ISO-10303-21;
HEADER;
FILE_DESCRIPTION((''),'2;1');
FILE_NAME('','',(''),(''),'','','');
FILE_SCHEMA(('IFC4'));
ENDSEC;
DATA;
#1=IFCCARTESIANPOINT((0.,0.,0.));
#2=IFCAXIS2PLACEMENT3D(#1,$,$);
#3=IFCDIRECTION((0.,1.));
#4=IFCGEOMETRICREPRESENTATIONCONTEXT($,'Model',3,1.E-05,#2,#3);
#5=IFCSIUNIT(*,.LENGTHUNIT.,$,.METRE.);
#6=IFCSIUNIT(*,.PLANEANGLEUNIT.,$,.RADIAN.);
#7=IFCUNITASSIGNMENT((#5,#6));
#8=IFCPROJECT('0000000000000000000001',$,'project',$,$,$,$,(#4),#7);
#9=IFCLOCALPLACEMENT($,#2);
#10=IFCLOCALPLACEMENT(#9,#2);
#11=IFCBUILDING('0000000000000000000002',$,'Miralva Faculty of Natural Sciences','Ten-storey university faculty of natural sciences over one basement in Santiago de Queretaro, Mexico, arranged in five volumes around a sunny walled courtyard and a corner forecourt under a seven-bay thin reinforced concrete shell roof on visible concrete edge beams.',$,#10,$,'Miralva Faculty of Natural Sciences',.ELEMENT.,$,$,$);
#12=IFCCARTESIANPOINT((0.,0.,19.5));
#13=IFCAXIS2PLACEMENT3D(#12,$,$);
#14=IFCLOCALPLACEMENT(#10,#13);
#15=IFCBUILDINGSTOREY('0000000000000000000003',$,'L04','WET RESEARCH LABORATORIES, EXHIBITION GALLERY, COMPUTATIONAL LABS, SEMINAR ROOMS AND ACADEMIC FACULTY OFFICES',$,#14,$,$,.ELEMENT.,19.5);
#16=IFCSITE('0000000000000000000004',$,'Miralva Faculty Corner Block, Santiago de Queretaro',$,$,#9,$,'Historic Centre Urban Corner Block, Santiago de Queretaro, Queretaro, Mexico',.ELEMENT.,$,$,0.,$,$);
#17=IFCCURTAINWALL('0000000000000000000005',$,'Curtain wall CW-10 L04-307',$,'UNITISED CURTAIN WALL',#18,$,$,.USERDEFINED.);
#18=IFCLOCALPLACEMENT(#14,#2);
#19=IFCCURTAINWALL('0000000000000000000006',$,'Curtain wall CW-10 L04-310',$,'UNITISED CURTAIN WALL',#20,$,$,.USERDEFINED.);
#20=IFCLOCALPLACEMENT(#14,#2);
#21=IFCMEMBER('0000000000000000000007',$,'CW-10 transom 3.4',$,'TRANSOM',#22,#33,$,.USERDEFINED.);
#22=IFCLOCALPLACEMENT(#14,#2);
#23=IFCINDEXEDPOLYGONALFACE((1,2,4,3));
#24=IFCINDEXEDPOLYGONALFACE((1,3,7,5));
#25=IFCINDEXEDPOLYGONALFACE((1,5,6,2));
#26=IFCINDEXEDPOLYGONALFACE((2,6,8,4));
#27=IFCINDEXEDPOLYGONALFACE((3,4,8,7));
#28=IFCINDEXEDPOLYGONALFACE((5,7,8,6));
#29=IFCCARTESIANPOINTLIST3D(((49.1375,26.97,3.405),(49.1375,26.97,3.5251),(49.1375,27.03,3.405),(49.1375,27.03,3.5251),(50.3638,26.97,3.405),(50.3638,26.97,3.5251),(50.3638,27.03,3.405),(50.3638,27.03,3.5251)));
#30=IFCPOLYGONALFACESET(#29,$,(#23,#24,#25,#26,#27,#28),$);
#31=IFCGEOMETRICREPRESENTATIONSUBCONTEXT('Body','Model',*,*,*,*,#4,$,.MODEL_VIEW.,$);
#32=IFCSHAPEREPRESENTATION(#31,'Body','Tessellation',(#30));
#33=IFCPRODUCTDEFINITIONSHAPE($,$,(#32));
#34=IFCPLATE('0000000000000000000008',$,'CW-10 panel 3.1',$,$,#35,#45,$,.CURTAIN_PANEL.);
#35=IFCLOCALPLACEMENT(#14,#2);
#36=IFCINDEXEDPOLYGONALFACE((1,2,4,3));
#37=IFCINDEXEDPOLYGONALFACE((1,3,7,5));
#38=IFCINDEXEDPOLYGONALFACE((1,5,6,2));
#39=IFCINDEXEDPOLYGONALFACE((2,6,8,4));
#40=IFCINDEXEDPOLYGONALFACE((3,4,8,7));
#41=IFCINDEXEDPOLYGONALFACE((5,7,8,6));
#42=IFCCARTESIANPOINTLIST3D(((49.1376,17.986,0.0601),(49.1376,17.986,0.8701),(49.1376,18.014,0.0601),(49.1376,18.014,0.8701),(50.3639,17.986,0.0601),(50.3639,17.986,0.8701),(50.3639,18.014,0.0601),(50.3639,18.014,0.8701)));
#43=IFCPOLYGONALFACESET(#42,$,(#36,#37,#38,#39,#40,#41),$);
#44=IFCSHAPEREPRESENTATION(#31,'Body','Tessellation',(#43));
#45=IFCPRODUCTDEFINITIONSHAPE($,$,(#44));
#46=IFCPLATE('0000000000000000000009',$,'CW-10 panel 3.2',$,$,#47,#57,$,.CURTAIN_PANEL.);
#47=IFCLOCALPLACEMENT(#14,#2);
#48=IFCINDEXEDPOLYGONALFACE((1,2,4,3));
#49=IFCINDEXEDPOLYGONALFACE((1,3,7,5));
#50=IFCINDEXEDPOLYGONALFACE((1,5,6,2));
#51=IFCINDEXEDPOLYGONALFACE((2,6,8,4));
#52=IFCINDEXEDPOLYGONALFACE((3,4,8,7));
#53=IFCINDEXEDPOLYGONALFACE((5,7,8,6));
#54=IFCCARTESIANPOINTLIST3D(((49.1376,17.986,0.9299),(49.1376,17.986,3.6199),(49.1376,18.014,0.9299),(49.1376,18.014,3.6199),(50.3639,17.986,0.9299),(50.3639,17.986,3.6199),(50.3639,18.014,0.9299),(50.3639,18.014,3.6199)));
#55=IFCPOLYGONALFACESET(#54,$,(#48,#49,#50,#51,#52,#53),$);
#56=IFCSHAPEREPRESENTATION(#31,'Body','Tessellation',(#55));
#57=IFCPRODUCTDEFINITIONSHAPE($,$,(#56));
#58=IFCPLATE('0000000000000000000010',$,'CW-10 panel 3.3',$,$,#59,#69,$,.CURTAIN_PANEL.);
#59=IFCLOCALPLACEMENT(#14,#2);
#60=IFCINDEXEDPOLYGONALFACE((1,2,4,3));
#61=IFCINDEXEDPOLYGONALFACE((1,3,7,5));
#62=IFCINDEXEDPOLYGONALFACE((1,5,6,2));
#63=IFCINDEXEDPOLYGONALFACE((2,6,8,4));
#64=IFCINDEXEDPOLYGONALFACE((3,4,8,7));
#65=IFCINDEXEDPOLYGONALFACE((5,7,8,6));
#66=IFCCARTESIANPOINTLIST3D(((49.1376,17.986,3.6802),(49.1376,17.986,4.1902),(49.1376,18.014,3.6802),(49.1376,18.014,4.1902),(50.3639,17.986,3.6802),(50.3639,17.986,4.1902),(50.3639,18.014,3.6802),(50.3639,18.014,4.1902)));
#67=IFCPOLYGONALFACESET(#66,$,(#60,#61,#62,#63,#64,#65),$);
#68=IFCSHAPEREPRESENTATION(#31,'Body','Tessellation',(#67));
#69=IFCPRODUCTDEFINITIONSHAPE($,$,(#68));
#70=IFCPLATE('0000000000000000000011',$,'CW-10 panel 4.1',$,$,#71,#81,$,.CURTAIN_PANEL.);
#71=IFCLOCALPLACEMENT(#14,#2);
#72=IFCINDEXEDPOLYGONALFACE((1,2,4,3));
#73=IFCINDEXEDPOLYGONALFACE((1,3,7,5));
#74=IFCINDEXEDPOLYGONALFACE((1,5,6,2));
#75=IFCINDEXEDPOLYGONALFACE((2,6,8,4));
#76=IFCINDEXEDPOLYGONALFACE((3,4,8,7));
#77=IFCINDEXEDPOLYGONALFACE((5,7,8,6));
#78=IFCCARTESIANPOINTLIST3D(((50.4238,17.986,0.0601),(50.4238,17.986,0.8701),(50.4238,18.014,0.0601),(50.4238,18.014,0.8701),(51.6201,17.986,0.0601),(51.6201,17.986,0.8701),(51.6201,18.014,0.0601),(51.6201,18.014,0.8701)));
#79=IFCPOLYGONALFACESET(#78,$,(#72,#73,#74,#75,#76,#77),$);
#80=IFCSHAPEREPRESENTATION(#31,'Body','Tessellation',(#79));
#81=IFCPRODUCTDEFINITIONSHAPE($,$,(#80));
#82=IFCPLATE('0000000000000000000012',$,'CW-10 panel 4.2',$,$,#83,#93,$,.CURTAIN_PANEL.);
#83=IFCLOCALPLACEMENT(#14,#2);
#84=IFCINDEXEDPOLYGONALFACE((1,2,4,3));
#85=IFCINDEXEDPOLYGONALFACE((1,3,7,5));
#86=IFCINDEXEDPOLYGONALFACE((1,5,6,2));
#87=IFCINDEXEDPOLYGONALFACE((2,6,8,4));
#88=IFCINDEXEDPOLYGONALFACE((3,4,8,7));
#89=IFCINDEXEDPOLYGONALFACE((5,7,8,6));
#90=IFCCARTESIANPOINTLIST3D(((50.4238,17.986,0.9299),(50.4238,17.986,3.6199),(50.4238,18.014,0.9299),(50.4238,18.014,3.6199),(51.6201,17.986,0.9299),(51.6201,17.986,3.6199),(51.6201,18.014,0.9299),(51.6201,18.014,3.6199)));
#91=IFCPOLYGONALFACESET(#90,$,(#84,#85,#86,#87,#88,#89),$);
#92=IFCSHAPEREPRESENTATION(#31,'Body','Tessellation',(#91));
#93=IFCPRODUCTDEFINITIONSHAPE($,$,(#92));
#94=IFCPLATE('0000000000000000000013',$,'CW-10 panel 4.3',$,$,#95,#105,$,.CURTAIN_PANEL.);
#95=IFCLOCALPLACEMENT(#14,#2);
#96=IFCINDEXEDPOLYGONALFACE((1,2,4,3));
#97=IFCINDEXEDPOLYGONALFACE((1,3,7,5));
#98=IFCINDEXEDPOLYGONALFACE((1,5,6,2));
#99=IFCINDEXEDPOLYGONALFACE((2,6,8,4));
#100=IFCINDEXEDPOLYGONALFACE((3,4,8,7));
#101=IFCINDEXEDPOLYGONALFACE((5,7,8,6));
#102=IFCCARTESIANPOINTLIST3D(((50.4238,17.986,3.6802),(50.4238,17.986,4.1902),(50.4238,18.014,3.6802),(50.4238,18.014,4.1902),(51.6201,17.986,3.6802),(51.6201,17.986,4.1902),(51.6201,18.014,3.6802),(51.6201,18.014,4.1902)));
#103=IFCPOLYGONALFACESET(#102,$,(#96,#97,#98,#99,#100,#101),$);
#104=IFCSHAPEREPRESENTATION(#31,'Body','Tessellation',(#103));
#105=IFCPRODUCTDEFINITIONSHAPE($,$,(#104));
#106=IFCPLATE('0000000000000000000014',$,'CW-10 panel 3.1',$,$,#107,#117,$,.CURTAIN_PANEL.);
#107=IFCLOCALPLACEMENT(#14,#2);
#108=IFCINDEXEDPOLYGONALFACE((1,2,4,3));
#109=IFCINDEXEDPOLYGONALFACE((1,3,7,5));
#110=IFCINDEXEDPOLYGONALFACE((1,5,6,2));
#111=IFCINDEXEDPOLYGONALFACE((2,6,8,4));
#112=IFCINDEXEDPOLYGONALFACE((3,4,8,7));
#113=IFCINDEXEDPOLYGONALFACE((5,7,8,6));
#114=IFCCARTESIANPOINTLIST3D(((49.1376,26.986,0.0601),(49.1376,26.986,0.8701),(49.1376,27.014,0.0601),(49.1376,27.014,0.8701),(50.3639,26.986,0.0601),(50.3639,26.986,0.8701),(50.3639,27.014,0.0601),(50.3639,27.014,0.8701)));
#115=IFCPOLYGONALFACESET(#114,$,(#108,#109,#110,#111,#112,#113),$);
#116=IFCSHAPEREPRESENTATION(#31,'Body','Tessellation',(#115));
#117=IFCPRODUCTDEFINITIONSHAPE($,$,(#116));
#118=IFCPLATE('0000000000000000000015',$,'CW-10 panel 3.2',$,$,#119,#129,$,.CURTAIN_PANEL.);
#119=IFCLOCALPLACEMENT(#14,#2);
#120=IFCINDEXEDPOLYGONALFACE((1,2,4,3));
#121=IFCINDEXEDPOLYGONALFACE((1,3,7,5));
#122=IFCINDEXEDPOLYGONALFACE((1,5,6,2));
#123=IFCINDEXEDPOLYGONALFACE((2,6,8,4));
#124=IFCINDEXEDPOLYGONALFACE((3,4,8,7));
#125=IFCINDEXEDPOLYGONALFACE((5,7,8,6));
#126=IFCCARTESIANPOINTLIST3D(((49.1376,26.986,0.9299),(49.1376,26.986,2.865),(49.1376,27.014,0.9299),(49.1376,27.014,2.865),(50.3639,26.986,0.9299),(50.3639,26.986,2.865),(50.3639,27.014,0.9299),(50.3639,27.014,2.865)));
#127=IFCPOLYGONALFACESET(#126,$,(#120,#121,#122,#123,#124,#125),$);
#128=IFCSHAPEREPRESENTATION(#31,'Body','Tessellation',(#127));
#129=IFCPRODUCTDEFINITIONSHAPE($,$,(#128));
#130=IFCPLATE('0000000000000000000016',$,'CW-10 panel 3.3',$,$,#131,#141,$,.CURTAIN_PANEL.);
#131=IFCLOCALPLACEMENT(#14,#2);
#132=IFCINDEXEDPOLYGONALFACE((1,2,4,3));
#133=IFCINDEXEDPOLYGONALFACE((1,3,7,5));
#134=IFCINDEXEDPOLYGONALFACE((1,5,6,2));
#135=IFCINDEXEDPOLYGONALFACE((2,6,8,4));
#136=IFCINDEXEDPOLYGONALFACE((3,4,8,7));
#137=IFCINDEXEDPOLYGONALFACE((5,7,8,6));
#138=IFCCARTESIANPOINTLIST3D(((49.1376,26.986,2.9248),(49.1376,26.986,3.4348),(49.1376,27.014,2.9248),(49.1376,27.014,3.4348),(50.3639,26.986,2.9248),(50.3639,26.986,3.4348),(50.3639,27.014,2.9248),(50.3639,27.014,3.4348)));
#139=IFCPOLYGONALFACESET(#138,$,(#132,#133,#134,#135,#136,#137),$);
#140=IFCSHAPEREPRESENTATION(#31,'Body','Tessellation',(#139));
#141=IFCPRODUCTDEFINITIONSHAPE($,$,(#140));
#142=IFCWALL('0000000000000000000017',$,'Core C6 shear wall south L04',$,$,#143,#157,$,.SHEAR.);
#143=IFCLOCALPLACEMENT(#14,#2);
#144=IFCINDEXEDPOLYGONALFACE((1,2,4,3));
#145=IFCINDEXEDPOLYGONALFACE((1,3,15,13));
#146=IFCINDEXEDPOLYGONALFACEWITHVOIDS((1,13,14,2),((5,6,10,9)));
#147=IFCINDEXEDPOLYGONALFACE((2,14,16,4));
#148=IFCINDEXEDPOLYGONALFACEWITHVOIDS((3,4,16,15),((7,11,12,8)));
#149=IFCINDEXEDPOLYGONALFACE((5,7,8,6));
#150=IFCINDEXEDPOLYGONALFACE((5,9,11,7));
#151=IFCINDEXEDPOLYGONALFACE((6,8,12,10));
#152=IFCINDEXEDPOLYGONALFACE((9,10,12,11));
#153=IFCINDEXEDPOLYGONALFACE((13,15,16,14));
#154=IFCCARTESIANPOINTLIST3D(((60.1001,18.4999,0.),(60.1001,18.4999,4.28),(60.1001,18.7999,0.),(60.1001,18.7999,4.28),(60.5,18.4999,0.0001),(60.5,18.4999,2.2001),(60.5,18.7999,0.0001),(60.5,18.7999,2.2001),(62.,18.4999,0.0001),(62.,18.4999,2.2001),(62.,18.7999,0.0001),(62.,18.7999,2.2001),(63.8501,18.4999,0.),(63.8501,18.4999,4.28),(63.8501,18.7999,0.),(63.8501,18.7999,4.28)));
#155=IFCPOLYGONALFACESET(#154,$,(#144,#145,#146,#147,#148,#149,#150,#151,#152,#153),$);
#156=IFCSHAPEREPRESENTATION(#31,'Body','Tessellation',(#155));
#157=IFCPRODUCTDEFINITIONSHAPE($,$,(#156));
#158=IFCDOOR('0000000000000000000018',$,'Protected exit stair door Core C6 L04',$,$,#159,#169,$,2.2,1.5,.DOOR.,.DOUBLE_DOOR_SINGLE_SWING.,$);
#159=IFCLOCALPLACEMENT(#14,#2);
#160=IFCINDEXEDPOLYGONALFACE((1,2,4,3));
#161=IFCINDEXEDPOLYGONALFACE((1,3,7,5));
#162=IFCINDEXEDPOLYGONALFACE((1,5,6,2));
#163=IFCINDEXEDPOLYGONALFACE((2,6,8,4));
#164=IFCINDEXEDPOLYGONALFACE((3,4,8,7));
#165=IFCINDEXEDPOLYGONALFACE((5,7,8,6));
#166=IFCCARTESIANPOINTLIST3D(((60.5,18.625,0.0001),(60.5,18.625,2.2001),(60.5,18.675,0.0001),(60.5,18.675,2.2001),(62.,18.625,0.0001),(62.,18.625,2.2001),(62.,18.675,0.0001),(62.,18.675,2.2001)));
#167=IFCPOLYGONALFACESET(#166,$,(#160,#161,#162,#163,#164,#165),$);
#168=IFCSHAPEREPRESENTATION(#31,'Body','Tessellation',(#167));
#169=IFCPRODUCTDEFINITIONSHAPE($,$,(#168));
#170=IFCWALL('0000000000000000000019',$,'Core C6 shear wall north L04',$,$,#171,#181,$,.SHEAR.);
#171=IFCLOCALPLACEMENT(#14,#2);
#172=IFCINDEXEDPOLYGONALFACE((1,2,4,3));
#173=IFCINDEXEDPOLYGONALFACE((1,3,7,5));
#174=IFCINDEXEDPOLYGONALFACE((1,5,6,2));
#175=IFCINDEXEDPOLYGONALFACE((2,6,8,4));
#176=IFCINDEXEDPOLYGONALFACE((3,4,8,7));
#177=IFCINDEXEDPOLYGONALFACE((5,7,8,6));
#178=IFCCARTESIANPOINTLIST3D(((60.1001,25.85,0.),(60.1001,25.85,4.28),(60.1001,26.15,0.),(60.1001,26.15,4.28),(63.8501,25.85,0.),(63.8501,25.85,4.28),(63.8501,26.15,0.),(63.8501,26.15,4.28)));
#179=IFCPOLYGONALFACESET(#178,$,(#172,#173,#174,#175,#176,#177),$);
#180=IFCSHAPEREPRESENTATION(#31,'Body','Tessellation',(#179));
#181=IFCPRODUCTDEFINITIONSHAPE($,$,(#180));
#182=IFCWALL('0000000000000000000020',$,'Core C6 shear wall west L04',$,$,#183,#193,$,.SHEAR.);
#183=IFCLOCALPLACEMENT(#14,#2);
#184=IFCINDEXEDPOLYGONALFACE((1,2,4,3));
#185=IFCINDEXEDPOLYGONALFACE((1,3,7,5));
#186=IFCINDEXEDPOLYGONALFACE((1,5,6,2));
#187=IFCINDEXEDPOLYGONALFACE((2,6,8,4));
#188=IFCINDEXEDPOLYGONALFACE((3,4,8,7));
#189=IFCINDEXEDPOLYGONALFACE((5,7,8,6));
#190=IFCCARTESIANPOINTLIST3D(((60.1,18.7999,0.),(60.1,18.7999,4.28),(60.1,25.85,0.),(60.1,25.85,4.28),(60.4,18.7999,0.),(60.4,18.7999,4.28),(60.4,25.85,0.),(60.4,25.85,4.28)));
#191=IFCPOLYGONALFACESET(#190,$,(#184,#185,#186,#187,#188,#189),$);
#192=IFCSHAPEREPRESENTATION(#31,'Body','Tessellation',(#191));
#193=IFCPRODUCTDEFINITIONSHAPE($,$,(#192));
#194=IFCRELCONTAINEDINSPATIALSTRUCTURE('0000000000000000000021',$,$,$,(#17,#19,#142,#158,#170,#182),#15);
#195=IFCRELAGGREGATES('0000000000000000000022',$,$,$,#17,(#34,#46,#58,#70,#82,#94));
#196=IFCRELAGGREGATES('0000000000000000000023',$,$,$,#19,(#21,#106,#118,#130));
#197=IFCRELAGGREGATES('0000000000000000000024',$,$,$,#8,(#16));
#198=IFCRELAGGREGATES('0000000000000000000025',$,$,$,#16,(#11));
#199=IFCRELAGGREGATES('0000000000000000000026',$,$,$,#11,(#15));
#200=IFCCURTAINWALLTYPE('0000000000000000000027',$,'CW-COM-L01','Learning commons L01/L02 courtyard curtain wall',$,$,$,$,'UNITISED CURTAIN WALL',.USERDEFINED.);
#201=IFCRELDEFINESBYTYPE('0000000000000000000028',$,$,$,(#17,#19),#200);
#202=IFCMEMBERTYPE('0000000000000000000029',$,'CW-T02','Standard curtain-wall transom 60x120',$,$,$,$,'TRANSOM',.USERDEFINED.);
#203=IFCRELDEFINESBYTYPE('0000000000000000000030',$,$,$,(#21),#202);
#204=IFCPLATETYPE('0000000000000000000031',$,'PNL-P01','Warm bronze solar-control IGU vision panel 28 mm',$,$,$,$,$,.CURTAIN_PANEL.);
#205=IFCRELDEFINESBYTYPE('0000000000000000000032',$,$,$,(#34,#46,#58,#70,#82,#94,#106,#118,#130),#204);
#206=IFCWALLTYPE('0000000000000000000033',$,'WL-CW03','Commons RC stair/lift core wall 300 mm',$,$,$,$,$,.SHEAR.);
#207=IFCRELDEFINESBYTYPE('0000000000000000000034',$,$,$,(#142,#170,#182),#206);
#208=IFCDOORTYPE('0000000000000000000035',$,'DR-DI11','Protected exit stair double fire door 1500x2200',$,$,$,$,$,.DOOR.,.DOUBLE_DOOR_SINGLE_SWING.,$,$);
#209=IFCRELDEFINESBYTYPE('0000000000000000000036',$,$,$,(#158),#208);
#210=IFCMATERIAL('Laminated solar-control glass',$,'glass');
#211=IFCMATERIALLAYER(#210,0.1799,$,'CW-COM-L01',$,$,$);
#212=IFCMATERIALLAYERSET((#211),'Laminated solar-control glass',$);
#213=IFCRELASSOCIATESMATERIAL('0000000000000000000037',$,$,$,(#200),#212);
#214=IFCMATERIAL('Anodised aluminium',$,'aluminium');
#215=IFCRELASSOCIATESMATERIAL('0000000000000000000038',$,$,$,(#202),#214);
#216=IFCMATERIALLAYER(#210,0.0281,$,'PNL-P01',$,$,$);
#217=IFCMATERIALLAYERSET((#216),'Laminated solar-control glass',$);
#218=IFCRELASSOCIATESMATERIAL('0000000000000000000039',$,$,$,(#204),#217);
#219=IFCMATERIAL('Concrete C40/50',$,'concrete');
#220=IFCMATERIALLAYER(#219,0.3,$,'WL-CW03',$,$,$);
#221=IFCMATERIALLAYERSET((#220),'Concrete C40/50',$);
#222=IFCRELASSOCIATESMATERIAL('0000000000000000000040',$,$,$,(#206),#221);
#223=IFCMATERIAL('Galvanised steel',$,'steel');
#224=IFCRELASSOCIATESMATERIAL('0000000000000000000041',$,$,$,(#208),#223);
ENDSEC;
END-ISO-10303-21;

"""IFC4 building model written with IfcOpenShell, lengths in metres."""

from ifc_helpers import new_model, si_unit, direction, frame, frame_2d, origin, origin_2d, place, context, subcontext, project, spatial, rectangle, extrude, material, layer, layer_set, material_profile, profile_set, type_object, element, fill, aggregate, save


model = new_model("IFC4")

# Units and contexts
model_context = context("Model", 3, precision=1e-05, world=origin(), true_north=direction((0.0, 1.0)))
body_context = subcontext(model_context, "Body", "Model", "MODEL_VIEW")
ifc_project = project(units=[si_unit("LENGTHUNIT", "METRE"), si_unit("PLANEANGLEUNIT", "RADIAN")], contexts=[model_context])

# Site, building, storey
site_placement = place(None, origin())
site = spatial("IfcSite", under=ifc_project, at=site_placement, Name="Miralva Faculty Corner Block, Santiago de Queretaro", LongName="Historic Centre Urban Corner Block, Santiago de Queretaro, Queretaro, Mexico", CompositionType="ELEMENT", RefElevation=0.0)
building_placement = place(site_placement, origin())
building = spatial("IfcBuilding", under=site, at=building_placement, Name="Miralva Faculty of Natural Sciences", Description="Ten-storey university faculty of natural sciences over one basement in Santiago de Queretaro, Mexico, arranged in five volumes around a sunny walled courtyard and a corner forecourt under a seven-bay thin reinforced concrete shell roof on visible concrete edge beams.", LongName="Miralva Faculty of Natural Sciences", CompositionType="ELEMENT")
storey_placement = place(building_placement, frame((0.0, 0.0, 19.5)))
storey = spatial("IfcBuildingStorey", under=building, at=storey_placement, Name="L04", Description="WET RESEARCH LABORATORIES, EXHIBITION GALLERY, COMPUTATIONAL LABS, SEMINAR ROOMS AND ACADEMIC FACULTY OFFICES", CompositionType="ELEMENT", Elevation=19.5)

# Shared definitions
ifc_material_1 = material(Name="Concrete C40/50", Category="concrete")

# Curtain wall
ifc_material_2 = material(Name="Laminated solar-control glass", Category="glass")
ifc_layer_1 = layer(ifc_material_2, 0.1799, Name="CW-COM-L01")
ifc_layer_set_1 = layer_set([ifc_layer_1], Name="Laminated solar-control glass")
curtain_wall_type = type_object("IfcCurtainWallType", Name="CW-COM-L01", Description="Learning commons L01/L02 courtyard curtain wall", ElementType="UNITISED CURTAIN WALL", PredefinedType="USERDEFINED", material=ifc_layer_set_1)
curtain_wall_1_placement = place(storey_placement, origin())
curtain_wall_1 = element("IfcCurtainWall", 1, at=curtain_wall_1_placement, inside=storey, type_object=curtain_wall_type, Name="Curtain wall CW-10 L04-307", ObjectType="UNITISED CURTAIN WALL", PredefinedType="USERDEFINED")
ifc_material_3 = material(Name="Anodised aluminium", Category="aluminium")

# Curtain wall
curtain_wall_2_placement = place(storey_placement, origin())
curtain_wall_2 = element("IfcCurtainWall", 2, at=curtain_wall_2_placement, inside=storey, type_object=curtain_wall_type, Name="Curtain wall CW-10 L04-310", ObjectType="UNITISED CURTAIN WALL", PredefinedType="USERDEFINED")

# Member
ifc_material_profile_1 = material_profile(ifc_material_3, rectangle(XDim=0.0601, YDim=0.1201, at=origin_2d()), Name="TRANSOM 60x120")
ifc_profile_set_1 = profile_set([ifc_material_profile_1], Name="Anodised aluminium")
member_type_1 = type_object("IfcMemberType", Name="CW-T02", Description="Standard curtain-wall transom 60x120", ElementType="TRANSOM", PredefinedType="USERDEFINED", material=ifc_profile_set_1)
member_1_placement = place(storey_placement, frame((49.1375, 27.0, 3.4651), z_axis=(1.0, 0.0, 0.0), x_axis=(0.0, 1.0, 0.0)))
member_1 = element("IfcMember", 3, at=member_1_placement, type_object=member_type_1, Name="CW-10 transom 3.4", ObjectType="TRANSOM", PredefinedType="USERDEFINED", context=body_context, shape_type="SweptSolid", body=[
    extrude(rectangle(XDim=0.0601, YDim=0.1201, at=origin_2d()), origin(), (0.0, 0.0, 1.0), 1.2263),
])

# Plates
ifc_layer_2 = layer(ifc_material_2, 0.0281, Name="PNL-P01")
ifc_layer_set_2 = layer_set([ifc_layer_2], Name="Laminated solar-control glass")
plate_type = type_object("IfcPlateType", Name="PNL-P01", Description="Warm bronze solar-control IGU vision panel 28 mm", PredefinedType="CURTAIN_PANEL", material=ifc_layer_set_2)
plate_1_placement = place(storey_placement, frame((49.7507, 18.0, 0.0601), z_axis=(0.0, 0.0, 1.0), x_axis=(1.0, 0.0, 0.0)))
plate_1 = element("IfcPlate", 4, at=plate_1_placement, type_object=plate_type, Name="CW-10 panel 3.1", PredefinedType="CURTAIN_PANEL", context=body_context, shape_type="SweptSolid", body=[
    extrude(rectangle(XDim=1.2263, YDim=0.0281, at=origin_2d()), origin(), (0.0, 0.0, 1.0), 0.8101),
])
plate_2_placement = place(storey_placement, frame((49.7507, 18.0, 0.9299), z_axis=(0.0, 0.0, 1.0), x_axis=(1.0, 0.0, 0.0)))
plate_2 = element("IfcPlate", 5, at=plate_2_placement, type_object=plate_type, Name="CW-10 panel 3.2", PredefinedType="CURTAIN_PANEL", context=body_context, shape_type="SweptSolid", body=[
    extrude(rectangle(XDim=1.2263, YDim=0.0281, at=origin_2d()), origin(), (0.0, 0.0, 1.0), 2.6899),
])
plate_3_placement = place(storey_placement, frame((49.7507, 18.0, 3.6802), z_axis=(0.0, 0.0, 1.0), x_axis=(1.0, 0.0, 0.0)))
plate_3 = element("IfcPlate", 6, at=plate_3_placement, type_object=plate_type, Name="CW-10 panel 3.3", PredefinedType="CURTAIN_PANEL", context=body_context, shape_type="SweptSolid", body=[
    extrude(rectangle(XDim=1.2263, YDim=0.0281, at=origin_2d()), origin(), (0.0, 0.0, 1.0), 0.51),
])
plate_4_placement = place(storey_placement, frame((51.022, 18.0, 0.0601), z_axis=(0.0, 0.0, 1.0), x_axis=(1.0, 0.0, 0.0)))
plate_4 = element("IfcPlate", 7, at=plate_4_placement, type_object=plate_type, Name="CW-10 panel 4.1", PredefinedType="CURTAIN_PANEL", context=body_context, shape_type="SweptSolid", body=[
    extrude(rectangle(XDim=1.1963, YDim=0.0281, at=origin_2d()), origin(), (0.0, 0.0, 1.0), 0.8101),
])
plate_5_placement = place(storey_placement, frame((51.022, 18.0, 0.9299), z_axis=(0.0, 0.0, 1.0), x_axis=(1.0, 0.0, 0.0)))
plate_5 = element("IfcPlate", 8, at=plate_5_placement, type_object=plate_type, Name="CW-10 panel 4.2", PredefinedType="CURTAIN_PANEL", context=body_context, shape_type="SweptSolid", body=[
    extrude(rectangle(XDim=1.1963, YDim=0.0281, at=origin_2d()), origin(), (0.0, 0.0, 1.0), 2.6899),
])
plate_6_placement = place(storey_placement, frame((51.022, 18.0, 3.6802), z_axis=(0.0, 0.0, 1.0), x_axis=(1.0, 0.0, 0.0)))
plate_6 = element("IfcPlate", 9, at=plate_6_placement, type_object=plate_type, Name="CW-10 panel 4.3", PredefinedType="CURTAIN_PANEL", context=body_context, shape_type="SweptSolid", body=[
    extrude(rectangle(XDim=1.1963, YDim=0.0281, at=origin_2d()), origin(), (0.0, 0.0, 1.0), 0.51),
])
aggregate(curtain_wall_1, [plate_1, plate_2, plate_3, plate_4, plate_5, plate_6])
plate_7_placement = place(storey_placement, frame((49.7507, 27.0, 0.0601), z_axis=(0.0, 0.0, 1.0), x_axis=(1.0, 0.0, 0.0)))
plate_7 = element("IfcPlate", 10, at=plate_7_placement, type_object=plate_type, Name="CW-10 panel 3.1", PredefinedType="CURTAIN_PANEL", context=body_context, shape_type="SweptSolid", body=[
    extrude(rectangle(XDim=1.2263, YDim=0.0281, at=origin_2d()), origin(), (0.0, 0.0, 1.0), 0.8101),
])
plate_8_placement = place(storey_placement, frame((49.7507, 27.0, 0.9299), z_axis=(0.0, 0.0, 1.0), x_axis=(1.0, 0.0, 0.0)))
plate_8 = element("IfcPlate", 11, at=plate_8_placement, type_object=plate_type, Name="CW-10 panel 3.2", PredefinedType="CURTAIN_PANEL", context=body_context, shape_type="SweptSolid", body=[
    extrude(rectangle(XDim=1.2263, YDim=0.0281, at=origin_2d()), origin(), (0.0, 0.0, 1.0), 1.9351),
])
plate_9_placement = place(storey_placement, frame((49.7507, 27.0, 2.9248), z_axis=(0.0, 0.0, 1.0), x_axis=(1.0, 0.0, 0.0)))
plate_9 = element("IfcPlate", 12, at=plate_9_placement, type_object=plate_type, Name="CW-10 panel 3.3", PredefinedType="CURTAIN_PANEL", context=body_context, shape_type="SweptSolid", body=[
    extrude(rectangle(XDim=1.2263, YDim=0.0281, at=origin_2d()), origin(), (0.0, 0.0, 1.0), 0.51),
])
aggregate(curtain_wall_2, [member_1, plate_7, plate_8, plate_9])

# Wall, opening, door
ifc_layer_3 = layer(ifc_material_1, 0.3, Name="WL-CW03")
ifc_layer_set_3 = layer_set([ifc_layer_3], Name="Concrete C40/50")
wall_type_1 = type_object("IfcWallType", Name="WL-CW03", Description="Commons RC stair/lift core wall 300 mm", PredefinedType="SHEAR", material=ifc_layer_set_3)
wall_1_placement = place(storey_placement, frame((60.1001, 18.6499, 0.0), z_axis=(0.0, 0.0, 1.0), x_axis=(1.0, 0.0, 0.0)))
wall_1 = element("IfcWall", 13, at=wall_1_placement, inside=storey, type_object=wall_type_1, Name="Core C6 shear wall south L04", PredefinedType="SHEAR", context=body_context, shape_type="SweptSolid", body=[
    extrude(rectangle(XDim=3.75, YDim=0.3, at=frame_2d((1.875, 0.0))), origin(), (0.0, 0.0, 1.0), 4.28),
])
opening_placement = place(wall_1_placement, frame((0.3999, 0.0, 0.0)))
opening = element("IfcOpeningElement", 14, at=opening_placement, cuts=wall_1, PredefinedType="OPENING", context=body_context, shape_type="SweptSolid", body=[
    extrude(rectangle(XDim=1.5, YDim=2.2, at=frame_2d((0.75, 1.1001))), frame((0.0, 0.1599, 0.0), z_axis=(0.0, -1.0, 0.0), x_axis=(1.0, 0.0, 0.0)), (0.0, 0.0, 1.0), 0.3201),
])
ifc_material_4 = material(Name="Galvanised steel", Category="steel")
door_type = type_object("IfcDoorType", Name="DR-DI11", Description="Protected exit stair double fire door 1500x2200", OperationType="DOUBLE_DOOR_SINGLE_SWING", PredefinedType="DOOR", material=ifc_material_4)
door_placement = place(opening_placement, frame((1.5, 0.0, 0.0), z_axis=(0.0, 0.0, 1.0), x_axis=(-1.0, 0.0, 0.0)))
door = element("IfcDoor", 15, at=door_placement, inside=storey, type_object=door_type, Name="Protected exit stair door Core C6 L04", OperationType="DOUBLE_DOOR_SINGLE_SWING", OverallHeight=2.2, OverallWidth=1.5, PredefinedType="DOOR", context=body_context, shape_type="SweptSolid", body=[
    extrude(rectangle(XDim=1.5, YDim=2.2, at=frame_2d((0.75, 1.1001))), frame((0.0, 0.0249, 0.0), z_axis=(0.0, -1.0, 0.0), x_axis=(1.0, 0.0, 0.0)), (0.0, 0.0, 1.0), 0.05),
])
fill(opening, door)

# Walls
wall_2_placement = place(storey_placement, frame((60.1001, 26.0, 0.0), z_axis=(0.0, 0.0, 1.0), x_axis=(1.0, 0.0, 0.0)))
element("IfcWall", 16, at=wall_2_placement, inside=storey, type_object=wall_type_1, Name="Core C6 shear wall north L04", PredefinedType="SHEAR", context=body_context, shape_type="SweptSolid", body=[
    extrude(rectangle(XDim=3.75, YDim=0.3, at=frame_2d((1.875, 0.0))), origin(), (0.0, 0.0, 1.0), 4.28),
])
for number, where, z_axis, x_axis, name in (
    (17, (60.25, 18.8, 0.0), (0.0, 0.0, 1.0), (0.0, 1.0, 0.0), "Core C6 shear wall west L04"),
):
    element("IfcWall", number, at=place(storey_placement, frame(where, z_axis=z_axis, x_axis=x_axis)), inside=storey, type_object=wall_type_1, Name=name, PredefinedType="SHEAR", context=body_context, shape_type="SweptSolid", body=[
        extrude(rectangle(XDim=7.05, YDim=0.3, at=frame_2d((3.5249, 0.0))), origin(), (0.0, 0.0, 1.0), 4.28),
    ])

save(model, "model.ifc")
